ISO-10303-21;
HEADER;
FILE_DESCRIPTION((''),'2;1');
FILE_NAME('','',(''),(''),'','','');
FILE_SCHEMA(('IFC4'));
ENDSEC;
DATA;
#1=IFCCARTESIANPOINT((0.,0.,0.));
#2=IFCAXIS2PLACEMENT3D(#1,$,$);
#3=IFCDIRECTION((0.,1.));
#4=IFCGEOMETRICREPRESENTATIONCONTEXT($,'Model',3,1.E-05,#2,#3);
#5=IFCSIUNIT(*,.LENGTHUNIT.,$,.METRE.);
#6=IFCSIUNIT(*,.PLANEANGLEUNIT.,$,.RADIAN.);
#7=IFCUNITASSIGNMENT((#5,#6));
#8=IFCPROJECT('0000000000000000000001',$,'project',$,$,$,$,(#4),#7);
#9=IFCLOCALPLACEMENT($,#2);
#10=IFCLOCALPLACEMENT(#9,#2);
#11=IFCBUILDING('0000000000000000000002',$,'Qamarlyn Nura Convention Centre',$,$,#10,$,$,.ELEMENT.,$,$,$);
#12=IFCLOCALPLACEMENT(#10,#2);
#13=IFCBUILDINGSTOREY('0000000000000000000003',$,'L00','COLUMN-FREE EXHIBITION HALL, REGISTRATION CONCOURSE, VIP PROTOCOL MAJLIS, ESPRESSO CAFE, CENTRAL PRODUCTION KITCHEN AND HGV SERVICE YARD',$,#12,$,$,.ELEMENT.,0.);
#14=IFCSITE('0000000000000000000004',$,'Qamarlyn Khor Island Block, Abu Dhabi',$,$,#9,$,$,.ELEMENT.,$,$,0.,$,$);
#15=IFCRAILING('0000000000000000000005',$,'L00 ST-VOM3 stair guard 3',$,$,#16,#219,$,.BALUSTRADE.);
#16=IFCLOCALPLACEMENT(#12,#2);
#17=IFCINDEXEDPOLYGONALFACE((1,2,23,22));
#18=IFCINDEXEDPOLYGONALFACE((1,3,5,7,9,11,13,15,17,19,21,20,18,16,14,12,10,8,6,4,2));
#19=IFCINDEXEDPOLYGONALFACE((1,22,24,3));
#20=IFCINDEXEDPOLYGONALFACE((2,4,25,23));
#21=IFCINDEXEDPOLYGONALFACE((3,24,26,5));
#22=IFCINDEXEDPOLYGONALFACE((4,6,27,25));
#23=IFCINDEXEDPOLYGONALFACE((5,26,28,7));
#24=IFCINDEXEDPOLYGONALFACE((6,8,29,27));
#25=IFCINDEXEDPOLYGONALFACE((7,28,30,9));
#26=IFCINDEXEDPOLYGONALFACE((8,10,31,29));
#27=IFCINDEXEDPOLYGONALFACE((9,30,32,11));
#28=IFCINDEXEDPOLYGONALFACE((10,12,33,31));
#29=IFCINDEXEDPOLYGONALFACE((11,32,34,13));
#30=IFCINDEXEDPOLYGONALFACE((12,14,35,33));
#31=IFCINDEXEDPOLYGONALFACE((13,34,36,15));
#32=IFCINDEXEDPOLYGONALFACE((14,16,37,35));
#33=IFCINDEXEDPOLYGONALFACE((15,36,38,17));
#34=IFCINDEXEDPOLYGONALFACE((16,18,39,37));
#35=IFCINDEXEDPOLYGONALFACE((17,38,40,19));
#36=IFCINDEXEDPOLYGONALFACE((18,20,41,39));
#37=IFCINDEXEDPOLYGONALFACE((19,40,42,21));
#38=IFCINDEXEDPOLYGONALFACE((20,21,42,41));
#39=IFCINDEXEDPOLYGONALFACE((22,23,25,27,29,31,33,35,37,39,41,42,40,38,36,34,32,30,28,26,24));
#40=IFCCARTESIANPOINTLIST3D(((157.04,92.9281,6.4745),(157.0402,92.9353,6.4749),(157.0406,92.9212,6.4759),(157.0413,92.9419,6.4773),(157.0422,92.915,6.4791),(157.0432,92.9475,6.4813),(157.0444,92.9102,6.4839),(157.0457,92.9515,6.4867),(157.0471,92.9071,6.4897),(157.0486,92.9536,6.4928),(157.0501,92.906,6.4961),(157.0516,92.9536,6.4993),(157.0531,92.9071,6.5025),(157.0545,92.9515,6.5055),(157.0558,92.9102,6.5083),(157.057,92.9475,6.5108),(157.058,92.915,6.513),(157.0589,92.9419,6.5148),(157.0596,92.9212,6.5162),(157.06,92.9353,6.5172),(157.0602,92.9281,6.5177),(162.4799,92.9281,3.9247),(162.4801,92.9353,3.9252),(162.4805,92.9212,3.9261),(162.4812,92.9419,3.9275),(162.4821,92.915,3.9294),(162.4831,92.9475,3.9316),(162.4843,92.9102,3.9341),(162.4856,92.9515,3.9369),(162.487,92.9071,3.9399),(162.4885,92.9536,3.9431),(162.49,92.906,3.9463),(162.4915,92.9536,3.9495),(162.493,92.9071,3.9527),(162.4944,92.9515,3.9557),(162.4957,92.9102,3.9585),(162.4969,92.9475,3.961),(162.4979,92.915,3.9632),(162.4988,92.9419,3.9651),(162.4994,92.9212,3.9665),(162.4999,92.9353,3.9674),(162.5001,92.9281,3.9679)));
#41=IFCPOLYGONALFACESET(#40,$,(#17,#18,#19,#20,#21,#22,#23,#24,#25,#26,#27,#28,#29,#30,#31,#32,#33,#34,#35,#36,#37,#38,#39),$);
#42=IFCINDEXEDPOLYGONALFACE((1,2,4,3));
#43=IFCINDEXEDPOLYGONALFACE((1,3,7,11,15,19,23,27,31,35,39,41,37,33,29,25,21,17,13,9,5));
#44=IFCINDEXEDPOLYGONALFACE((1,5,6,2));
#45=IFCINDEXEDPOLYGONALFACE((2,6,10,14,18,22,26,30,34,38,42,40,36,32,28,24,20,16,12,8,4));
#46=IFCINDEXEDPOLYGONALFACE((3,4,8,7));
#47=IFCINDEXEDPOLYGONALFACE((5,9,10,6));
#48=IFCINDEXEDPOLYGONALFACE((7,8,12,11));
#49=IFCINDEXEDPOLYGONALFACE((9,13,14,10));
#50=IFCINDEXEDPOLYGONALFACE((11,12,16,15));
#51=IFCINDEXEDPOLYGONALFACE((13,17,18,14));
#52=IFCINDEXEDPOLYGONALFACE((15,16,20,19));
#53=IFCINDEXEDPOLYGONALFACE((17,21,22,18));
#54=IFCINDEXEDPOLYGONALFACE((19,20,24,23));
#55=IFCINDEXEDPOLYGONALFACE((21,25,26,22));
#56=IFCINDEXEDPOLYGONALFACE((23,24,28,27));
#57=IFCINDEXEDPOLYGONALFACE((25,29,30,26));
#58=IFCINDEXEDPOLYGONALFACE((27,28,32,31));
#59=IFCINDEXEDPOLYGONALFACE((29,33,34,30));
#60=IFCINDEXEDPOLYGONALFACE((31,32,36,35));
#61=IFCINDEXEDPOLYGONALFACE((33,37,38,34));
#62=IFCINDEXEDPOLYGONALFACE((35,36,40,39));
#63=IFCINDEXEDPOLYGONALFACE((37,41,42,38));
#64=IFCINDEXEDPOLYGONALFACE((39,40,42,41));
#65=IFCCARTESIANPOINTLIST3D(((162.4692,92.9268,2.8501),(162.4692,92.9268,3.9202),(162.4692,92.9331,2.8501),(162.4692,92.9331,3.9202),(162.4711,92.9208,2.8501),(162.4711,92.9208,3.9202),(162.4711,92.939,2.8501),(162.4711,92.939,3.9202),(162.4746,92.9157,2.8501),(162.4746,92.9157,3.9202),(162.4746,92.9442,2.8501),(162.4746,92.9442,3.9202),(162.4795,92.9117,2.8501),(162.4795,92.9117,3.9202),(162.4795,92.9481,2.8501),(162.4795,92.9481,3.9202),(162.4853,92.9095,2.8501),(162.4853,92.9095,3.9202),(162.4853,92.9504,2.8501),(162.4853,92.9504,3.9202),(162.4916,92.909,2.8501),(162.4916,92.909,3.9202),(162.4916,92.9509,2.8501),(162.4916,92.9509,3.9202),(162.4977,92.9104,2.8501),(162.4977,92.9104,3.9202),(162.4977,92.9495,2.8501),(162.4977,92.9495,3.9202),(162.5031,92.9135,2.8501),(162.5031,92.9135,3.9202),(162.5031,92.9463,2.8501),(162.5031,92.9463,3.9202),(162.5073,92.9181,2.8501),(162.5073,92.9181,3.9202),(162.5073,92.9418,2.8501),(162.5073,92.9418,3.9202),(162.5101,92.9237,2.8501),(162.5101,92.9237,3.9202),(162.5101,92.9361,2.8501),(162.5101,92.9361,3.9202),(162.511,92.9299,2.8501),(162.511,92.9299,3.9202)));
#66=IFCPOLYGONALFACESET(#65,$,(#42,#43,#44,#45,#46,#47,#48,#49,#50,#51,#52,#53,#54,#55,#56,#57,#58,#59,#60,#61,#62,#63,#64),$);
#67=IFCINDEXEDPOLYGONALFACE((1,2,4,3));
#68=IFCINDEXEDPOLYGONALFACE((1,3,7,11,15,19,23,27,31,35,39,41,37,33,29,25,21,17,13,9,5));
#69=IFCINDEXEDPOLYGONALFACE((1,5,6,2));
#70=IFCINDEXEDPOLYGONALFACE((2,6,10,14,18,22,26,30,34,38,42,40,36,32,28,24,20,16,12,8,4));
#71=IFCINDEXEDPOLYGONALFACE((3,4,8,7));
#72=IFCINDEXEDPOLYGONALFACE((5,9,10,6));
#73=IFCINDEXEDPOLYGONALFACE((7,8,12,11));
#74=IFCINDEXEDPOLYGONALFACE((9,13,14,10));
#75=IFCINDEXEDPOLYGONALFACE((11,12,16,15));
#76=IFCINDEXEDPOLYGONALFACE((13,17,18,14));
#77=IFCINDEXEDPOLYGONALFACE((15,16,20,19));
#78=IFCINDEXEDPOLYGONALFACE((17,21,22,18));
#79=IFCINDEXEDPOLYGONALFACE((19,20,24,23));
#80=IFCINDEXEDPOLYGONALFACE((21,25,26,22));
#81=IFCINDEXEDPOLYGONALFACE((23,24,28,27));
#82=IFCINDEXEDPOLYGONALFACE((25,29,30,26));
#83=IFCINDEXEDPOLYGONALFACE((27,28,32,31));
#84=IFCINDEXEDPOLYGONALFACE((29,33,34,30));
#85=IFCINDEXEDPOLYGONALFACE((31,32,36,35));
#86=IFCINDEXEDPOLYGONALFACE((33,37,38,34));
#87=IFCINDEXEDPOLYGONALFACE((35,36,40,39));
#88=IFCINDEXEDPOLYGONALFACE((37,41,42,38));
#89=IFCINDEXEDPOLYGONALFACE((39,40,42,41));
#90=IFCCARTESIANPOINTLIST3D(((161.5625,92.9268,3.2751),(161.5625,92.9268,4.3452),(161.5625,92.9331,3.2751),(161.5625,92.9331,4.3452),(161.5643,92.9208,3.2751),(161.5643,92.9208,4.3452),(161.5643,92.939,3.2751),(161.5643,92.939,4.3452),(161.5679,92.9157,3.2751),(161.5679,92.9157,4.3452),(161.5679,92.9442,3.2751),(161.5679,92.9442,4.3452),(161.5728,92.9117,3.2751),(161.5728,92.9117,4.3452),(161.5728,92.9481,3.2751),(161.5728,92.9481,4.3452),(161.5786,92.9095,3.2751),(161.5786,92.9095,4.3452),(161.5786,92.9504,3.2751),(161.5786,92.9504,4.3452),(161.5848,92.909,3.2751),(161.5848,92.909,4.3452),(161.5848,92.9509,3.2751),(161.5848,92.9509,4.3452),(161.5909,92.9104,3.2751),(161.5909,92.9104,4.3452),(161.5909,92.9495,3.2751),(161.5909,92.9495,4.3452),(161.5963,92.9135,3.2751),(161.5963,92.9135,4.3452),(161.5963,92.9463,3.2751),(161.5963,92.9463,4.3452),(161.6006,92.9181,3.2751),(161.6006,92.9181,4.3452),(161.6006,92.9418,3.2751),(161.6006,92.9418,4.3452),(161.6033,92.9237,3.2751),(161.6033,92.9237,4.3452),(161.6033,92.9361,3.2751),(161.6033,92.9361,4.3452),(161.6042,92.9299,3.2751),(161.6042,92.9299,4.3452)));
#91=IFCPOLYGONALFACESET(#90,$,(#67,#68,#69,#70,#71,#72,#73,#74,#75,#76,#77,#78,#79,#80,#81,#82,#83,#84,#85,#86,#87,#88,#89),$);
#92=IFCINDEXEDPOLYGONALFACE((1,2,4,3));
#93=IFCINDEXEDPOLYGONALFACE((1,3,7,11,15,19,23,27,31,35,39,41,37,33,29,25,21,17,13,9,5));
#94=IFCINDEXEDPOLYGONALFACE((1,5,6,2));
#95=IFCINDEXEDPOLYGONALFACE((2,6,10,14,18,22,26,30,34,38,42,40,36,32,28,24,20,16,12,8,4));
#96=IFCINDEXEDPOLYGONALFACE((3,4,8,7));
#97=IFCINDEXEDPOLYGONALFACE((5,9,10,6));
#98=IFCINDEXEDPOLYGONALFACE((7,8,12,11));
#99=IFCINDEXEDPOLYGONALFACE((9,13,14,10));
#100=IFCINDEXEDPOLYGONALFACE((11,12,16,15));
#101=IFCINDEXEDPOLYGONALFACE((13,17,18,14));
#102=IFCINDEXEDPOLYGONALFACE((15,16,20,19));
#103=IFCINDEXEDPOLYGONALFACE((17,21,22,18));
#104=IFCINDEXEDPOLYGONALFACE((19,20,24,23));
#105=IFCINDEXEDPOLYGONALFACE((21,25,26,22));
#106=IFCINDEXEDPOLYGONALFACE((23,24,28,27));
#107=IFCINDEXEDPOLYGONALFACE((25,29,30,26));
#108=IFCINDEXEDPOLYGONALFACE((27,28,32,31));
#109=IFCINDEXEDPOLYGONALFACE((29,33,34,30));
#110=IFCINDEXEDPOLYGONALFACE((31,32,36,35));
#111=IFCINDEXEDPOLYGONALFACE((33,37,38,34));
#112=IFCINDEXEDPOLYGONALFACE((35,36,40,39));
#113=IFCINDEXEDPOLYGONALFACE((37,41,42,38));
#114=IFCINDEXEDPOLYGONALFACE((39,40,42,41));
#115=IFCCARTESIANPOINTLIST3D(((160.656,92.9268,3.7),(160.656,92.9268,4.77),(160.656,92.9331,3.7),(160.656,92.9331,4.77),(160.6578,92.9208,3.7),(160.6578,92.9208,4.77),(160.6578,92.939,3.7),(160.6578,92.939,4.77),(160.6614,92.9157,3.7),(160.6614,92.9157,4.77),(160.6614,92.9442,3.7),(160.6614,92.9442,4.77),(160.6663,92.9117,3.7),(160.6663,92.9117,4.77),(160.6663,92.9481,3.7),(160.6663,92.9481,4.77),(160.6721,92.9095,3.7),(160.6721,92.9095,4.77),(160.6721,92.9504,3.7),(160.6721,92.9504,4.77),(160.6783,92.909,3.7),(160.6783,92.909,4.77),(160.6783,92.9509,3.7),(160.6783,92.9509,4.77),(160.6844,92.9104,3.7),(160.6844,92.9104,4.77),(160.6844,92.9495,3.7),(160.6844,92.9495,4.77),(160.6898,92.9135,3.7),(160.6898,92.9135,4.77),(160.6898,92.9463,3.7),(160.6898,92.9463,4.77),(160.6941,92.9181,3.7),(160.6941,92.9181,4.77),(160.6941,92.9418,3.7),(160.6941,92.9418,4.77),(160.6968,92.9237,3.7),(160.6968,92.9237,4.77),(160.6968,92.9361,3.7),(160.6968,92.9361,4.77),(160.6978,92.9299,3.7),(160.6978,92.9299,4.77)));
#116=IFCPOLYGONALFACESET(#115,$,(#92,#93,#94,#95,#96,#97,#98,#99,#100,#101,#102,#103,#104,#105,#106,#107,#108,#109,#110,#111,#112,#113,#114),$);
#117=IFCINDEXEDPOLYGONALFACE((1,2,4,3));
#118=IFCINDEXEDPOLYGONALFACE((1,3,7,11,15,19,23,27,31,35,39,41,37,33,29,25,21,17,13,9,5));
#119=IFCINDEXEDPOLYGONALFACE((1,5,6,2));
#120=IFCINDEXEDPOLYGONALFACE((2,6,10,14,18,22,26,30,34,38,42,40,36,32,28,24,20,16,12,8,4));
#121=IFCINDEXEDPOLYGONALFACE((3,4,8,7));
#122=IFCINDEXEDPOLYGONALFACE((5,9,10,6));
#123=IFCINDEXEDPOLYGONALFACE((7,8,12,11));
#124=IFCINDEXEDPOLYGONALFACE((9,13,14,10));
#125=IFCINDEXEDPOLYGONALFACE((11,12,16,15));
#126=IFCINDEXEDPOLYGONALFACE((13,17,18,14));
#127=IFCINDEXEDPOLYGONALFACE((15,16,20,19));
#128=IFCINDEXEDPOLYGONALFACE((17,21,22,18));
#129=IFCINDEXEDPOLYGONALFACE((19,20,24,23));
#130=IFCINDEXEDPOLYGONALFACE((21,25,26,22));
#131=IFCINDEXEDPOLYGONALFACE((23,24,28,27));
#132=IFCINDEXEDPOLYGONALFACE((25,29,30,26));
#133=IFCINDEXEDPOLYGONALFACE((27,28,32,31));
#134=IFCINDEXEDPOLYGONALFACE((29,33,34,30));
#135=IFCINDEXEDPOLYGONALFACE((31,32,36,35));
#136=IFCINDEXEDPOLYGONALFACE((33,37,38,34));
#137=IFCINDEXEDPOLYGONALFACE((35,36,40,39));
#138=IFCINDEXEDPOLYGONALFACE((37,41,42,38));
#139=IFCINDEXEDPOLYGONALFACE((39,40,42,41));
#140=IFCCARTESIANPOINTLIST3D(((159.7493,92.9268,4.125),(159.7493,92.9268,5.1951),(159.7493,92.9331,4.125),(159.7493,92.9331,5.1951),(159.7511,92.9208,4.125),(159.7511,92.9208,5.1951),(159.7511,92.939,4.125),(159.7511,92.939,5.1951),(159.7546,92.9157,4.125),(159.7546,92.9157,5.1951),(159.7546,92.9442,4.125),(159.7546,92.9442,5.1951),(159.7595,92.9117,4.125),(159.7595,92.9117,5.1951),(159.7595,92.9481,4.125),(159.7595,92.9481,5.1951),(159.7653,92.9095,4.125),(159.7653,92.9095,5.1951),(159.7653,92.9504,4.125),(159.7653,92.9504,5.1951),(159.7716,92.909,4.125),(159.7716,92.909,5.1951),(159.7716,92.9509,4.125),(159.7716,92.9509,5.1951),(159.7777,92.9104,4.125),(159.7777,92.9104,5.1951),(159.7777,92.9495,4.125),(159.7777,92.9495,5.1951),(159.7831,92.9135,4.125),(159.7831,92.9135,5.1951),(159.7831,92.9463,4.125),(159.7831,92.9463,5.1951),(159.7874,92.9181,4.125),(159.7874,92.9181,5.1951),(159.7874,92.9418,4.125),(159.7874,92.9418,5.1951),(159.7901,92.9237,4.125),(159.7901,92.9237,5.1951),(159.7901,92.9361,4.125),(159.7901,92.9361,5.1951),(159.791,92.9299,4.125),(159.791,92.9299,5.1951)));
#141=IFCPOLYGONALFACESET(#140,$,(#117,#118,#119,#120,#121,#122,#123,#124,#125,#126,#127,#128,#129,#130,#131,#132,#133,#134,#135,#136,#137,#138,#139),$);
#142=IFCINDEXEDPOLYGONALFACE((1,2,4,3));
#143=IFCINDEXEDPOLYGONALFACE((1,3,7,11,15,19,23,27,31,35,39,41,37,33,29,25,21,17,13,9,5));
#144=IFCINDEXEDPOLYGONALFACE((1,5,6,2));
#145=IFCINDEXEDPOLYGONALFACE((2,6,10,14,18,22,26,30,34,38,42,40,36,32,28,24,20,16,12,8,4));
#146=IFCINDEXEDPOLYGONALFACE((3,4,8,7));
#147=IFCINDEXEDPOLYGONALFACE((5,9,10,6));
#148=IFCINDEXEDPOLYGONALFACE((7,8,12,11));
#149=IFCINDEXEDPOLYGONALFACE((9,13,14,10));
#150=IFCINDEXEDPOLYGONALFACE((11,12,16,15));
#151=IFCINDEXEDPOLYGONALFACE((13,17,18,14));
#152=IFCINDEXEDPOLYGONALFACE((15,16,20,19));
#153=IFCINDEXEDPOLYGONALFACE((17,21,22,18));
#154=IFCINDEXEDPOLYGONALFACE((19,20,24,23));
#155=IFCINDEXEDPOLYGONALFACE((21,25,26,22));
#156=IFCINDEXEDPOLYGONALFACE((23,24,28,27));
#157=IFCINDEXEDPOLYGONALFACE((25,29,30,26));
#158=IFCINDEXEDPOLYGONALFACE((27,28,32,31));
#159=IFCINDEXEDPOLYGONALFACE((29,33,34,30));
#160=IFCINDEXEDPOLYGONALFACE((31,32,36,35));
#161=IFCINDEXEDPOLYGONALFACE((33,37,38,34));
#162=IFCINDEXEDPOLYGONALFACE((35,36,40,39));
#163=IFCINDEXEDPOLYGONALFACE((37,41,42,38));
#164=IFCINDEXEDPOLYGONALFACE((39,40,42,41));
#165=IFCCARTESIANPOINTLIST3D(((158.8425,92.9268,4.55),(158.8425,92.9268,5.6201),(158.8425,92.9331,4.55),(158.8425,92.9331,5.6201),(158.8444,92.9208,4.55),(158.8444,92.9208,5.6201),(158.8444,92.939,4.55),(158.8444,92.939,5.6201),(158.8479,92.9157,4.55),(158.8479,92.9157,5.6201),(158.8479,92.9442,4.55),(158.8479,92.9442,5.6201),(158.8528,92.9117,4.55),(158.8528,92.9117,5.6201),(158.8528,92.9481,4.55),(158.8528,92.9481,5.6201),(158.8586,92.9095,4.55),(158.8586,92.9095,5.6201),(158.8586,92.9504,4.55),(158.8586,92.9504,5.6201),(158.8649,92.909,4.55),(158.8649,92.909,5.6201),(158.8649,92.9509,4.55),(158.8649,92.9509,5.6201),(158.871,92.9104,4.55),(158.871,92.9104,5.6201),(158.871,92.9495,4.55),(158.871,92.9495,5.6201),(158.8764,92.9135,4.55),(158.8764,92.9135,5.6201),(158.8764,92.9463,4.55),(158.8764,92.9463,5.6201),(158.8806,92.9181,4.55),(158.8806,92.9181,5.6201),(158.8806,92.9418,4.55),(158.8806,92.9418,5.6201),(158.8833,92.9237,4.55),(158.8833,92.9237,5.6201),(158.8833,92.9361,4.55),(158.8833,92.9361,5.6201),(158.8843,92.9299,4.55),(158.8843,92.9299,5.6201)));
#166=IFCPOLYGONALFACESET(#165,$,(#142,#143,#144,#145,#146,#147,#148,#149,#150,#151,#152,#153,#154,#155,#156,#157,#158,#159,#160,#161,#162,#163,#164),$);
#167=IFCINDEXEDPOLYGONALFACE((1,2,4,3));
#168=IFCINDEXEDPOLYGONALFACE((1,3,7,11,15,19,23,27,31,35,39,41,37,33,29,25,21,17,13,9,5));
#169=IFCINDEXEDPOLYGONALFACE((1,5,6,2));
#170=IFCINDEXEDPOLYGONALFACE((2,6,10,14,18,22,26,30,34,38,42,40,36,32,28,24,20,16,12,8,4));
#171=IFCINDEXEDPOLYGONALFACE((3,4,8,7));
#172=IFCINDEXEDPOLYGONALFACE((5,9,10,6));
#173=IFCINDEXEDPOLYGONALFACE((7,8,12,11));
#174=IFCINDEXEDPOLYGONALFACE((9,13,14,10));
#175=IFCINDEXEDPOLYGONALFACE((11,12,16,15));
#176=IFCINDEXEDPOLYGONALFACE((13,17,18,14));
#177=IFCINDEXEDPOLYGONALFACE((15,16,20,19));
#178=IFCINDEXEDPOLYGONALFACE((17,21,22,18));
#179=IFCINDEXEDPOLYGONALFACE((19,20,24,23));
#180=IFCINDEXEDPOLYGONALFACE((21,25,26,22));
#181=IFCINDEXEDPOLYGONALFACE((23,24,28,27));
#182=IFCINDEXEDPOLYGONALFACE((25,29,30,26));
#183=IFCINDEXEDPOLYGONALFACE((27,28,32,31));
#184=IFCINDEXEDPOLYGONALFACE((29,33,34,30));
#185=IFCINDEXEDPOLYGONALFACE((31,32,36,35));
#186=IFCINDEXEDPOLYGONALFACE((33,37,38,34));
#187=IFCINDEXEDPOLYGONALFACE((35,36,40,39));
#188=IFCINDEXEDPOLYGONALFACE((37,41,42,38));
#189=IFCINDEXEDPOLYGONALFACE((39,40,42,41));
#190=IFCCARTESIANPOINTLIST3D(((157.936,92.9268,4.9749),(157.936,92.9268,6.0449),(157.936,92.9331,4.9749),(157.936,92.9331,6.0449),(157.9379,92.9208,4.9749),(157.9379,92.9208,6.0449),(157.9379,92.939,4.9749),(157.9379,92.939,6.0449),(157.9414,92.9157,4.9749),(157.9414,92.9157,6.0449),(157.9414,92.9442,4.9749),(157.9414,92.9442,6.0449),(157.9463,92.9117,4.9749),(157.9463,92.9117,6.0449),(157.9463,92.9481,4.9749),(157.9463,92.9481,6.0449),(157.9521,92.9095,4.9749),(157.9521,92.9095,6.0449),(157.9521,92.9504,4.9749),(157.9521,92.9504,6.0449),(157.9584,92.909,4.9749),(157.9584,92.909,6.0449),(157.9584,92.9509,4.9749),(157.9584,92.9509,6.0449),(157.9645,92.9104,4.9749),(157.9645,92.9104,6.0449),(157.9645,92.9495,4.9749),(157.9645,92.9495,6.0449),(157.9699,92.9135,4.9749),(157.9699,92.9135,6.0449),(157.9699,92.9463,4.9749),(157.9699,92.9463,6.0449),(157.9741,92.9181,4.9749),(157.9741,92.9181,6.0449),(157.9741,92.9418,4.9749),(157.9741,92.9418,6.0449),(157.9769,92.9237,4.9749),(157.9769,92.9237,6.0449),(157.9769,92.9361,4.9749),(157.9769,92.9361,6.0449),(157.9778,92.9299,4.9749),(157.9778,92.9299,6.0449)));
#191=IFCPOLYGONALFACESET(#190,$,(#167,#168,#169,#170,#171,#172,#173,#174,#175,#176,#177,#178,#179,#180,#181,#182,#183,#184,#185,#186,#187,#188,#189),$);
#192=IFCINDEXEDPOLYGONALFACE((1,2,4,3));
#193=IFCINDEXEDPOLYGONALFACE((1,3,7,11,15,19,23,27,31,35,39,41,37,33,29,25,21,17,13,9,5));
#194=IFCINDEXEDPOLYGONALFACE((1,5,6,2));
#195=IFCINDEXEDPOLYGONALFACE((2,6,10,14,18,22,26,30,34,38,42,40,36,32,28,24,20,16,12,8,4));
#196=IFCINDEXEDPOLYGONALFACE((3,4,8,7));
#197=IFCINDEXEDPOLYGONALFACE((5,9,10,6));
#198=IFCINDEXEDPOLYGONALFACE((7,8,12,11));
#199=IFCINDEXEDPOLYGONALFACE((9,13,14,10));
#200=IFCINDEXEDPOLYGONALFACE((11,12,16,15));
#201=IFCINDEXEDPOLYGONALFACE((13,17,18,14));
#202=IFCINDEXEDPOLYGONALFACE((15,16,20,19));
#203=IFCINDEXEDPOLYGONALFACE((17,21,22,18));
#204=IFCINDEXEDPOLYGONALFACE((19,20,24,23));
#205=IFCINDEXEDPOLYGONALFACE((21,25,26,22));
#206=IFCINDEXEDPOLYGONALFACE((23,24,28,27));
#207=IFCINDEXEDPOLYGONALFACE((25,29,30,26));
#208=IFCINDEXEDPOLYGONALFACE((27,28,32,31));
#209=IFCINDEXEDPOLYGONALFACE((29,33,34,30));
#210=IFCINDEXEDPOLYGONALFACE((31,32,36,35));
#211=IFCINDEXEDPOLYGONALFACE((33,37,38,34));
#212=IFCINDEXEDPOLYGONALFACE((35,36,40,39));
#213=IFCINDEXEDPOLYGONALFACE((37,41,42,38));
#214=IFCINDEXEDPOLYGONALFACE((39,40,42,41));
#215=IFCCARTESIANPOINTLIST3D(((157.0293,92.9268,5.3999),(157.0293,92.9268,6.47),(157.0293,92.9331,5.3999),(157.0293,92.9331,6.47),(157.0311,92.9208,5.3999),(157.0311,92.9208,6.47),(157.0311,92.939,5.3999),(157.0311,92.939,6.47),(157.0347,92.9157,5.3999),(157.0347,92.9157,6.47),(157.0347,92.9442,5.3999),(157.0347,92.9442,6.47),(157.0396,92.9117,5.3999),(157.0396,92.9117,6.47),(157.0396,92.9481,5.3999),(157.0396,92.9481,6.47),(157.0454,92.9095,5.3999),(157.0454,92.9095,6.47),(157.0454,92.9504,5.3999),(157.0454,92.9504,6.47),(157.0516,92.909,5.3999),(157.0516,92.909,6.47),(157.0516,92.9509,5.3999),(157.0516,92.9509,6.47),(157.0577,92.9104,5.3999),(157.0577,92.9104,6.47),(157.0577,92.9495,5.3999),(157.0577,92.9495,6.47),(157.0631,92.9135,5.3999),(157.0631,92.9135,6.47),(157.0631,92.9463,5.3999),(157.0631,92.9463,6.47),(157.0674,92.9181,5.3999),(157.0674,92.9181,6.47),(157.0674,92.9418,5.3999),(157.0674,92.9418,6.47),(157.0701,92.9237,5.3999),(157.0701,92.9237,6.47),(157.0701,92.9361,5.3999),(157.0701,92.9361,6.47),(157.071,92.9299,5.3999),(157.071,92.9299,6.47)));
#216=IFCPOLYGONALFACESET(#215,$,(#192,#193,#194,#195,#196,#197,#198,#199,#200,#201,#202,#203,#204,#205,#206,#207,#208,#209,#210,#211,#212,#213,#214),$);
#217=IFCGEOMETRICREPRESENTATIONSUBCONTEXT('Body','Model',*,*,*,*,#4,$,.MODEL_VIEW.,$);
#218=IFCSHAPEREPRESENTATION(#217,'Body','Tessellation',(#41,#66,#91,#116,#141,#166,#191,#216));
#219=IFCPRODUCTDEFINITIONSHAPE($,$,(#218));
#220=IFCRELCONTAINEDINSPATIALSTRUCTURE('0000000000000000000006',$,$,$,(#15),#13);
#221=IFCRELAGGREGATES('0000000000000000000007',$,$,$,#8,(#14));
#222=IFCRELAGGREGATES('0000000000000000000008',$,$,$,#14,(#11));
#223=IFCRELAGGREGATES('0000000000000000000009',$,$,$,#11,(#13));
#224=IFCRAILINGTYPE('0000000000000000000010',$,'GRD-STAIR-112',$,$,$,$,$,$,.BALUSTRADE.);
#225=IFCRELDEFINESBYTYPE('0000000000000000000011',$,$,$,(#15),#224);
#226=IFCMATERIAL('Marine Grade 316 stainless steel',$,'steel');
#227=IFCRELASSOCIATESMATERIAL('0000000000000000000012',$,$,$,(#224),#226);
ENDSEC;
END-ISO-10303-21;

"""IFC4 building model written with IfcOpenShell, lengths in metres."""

from ifc_helpers import new_model, si_unit, direction, frame, origin, origin_2d, place, context, subcontext, project, spatial, circle, extrude, material, type_object, element, save


model = new_model("IFC4")

# Units and contexts
model_context = context("Model", 3, precision=1e-05, world=origin(), true_north=direction((0.0, 1.0)))
body_context = subcontext(model_context, "Body", "Model", "MODEL_VIEW")
ifc_project = project(units=[si_unit("LENGTHUNIT", "METRE"), si_unit("PLANEANGLEUNIT", "RADIAN")], contexts=[model_context])

# Site, building, storey
site_placement = place(None, origin())
site = spatial("IfcSite", under=ifc_project, at=site_placement, Name="Qamarlyn Khor Island Block, Abu Dhabi", CompositionType="ELEMENT", RefElevation=0.0)
building_placement = place(site_placement, origin())
building = spatial("IfcBuilding", under=site, at=building_placement, Name="Qamarlyn Nura Convention Centre", CompositionType="ELEMENT")
storey_placement = place(building_placement, origin())
storey = spatial("IfcBuildingStorey", under=building, at=storey_placement, Name="L00", Description="COLUMN-FREE EXHIBITION HALL, REGISTRATION CONCOURSE, VIP PROTOCOL MAJLIS, ESPRESSO CAFE, CENTRAL PRODUCTION KITCHEN AND HGV SERVICE YARD", CompositionType="ELEMENT", Elevation=0.0)

# Railing
ifc_material_1 = material(Name="Marine Grade 316 stainless steel", Category="steel")
railing_type_1 = type_object("IfcRailingType", Name="GRD-STAIR-112", PredefinedType="BALUSTRADE", material=ifc_material_1)
railing_1_placement = place(storey_placement, frame((162.49, 92.9299, 2.8501)))
element("IfcRailing", 1, at=railing_1_placement, inside=storey, type_object=railing_type_1, Name="L00 ST-VOM3 stair guard 3", PredefinedType="BALUSTRADE", context=body_context, shape_type="SweptSolid", body=[
    extrude(circle(Radius=0.0239, at=origin_2d()), frame((0.0, 0.0, 1.0962), z_axis=(-0.90547, 0.0, 0.424411), x_axis=(0.0, -1.0, 0.0)), (0.0, 0.0, 1.0), 6.0078),
    extrude(circle(Radius=0.021, at=origin_2d()), origin(), (0.0, 0.0, 1.0), 1.0701),
    extrude(circle(Radius=0.021, at=origin_2d()), frame((-0.9067, 0.0, 0.425)), (0.0, 0.0, 1.0), 1.0701),
    extrude(circle(Radius=0.021, at=origin_2d()), frame((-1.8132, 0.0, 0.8499)), (0.0, 0.0, 1.0), 1.0701),
    extrude(circle(Radius=0.021, at=origin_2d()), frame((-2.72, 0.0, 1.2749)), (0.0, 0.0, 1.0), 1.0701),
    extrude(circle(Radius=0.021, at=origin_2d()), frame((-3.6267, 0.0, 1.7)), (0.0, 0.0, 1.0), 1.0701),
    extrude(circle(Radius=0.021, at=origin_2d()), frame((-4.5332, 0.0, 2.1248)), (0.0, 0.0, 1.0), 1.0701),
    extrude(circle(Radius=0.021, at=origin_2d()), frame((-5.4399, 0.0, 2.5498)), (0.0, 0.0, 1.0), 1.0701),
])

save(model, "model.ifc")
